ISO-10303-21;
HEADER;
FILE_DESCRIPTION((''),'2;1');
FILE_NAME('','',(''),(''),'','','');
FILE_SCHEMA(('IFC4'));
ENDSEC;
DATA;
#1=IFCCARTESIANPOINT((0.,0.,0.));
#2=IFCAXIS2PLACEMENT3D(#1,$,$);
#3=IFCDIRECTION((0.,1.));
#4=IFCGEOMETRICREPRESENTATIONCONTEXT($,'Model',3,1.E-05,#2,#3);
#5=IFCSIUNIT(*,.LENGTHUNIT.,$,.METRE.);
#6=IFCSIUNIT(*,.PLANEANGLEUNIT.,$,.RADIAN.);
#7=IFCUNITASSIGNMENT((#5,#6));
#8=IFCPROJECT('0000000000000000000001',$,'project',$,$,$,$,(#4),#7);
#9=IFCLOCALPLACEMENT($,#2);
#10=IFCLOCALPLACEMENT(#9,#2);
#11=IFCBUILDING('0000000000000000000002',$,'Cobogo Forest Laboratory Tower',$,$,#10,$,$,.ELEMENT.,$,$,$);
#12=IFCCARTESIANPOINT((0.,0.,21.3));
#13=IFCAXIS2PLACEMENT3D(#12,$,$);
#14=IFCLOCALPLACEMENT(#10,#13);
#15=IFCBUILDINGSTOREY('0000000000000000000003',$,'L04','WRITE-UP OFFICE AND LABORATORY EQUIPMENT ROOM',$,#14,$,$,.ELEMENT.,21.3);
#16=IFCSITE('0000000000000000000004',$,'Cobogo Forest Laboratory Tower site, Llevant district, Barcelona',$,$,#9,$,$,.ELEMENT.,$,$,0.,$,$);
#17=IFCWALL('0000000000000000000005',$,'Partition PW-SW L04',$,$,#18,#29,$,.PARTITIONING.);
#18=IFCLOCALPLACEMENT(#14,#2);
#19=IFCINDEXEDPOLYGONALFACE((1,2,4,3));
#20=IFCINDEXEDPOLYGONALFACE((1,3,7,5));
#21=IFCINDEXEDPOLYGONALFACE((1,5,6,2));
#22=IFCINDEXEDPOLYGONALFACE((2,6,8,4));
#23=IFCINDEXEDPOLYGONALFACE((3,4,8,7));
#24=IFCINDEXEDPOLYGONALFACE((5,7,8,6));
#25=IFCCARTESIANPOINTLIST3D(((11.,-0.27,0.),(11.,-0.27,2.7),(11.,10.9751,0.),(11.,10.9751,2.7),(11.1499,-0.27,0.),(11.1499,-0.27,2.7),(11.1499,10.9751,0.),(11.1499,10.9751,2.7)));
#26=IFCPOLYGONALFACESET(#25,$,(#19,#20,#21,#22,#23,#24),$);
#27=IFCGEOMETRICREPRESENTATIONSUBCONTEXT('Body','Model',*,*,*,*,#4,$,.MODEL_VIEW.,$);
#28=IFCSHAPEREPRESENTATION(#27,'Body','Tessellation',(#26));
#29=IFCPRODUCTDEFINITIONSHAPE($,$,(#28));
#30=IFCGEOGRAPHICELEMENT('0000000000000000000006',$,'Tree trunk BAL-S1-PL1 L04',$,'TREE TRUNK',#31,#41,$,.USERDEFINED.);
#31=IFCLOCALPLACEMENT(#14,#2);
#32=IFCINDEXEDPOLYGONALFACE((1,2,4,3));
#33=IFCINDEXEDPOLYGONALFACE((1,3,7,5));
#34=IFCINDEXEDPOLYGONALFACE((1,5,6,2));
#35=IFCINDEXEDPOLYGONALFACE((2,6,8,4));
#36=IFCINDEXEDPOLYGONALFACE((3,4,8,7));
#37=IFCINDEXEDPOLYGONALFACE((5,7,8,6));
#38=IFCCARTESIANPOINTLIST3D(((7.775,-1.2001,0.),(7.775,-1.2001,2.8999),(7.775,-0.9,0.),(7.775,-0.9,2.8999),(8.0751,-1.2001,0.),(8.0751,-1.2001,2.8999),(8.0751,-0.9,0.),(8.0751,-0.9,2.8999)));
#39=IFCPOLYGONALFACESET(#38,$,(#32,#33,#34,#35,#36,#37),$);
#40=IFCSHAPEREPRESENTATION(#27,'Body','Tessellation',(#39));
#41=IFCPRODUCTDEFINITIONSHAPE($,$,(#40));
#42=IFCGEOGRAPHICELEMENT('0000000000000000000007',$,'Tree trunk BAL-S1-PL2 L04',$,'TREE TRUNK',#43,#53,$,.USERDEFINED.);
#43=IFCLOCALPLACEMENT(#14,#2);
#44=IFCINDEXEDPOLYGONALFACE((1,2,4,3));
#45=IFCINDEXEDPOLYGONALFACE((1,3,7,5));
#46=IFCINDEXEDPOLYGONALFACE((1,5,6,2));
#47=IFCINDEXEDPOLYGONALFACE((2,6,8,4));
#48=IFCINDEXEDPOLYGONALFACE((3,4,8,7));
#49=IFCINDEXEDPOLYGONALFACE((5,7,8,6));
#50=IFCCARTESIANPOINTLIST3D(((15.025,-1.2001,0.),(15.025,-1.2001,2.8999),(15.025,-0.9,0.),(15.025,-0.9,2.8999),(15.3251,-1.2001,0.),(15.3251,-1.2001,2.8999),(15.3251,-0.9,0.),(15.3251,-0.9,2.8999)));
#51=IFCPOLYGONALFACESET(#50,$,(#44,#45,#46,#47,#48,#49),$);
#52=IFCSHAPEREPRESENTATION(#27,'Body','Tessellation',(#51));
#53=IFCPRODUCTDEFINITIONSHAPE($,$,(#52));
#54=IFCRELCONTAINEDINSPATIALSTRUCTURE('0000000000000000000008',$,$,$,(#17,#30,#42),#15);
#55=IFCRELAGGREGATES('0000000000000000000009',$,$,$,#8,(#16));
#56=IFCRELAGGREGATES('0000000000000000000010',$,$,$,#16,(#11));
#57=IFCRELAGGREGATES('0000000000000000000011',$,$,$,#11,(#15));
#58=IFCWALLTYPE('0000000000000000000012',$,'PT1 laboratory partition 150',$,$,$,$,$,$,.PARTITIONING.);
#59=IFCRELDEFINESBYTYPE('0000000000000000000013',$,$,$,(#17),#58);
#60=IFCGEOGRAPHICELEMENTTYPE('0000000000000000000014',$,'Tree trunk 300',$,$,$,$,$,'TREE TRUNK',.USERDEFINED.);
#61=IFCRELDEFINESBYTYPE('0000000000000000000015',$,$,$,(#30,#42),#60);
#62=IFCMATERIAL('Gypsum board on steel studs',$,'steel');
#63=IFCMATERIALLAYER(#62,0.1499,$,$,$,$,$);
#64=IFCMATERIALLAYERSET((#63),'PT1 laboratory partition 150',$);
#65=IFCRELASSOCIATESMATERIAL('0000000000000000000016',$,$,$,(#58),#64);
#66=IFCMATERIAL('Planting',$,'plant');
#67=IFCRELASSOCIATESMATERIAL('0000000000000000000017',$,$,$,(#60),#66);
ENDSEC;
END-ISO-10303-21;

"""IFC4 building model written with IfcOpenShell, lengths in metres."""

from ifc_helpers import new_model, si_unit, direction, frame, frame_2d, origin, origin_2d, place, context, subcontext, project, spatial, rectangle, extrude, material, layer, layer_set, type_object, element, save


model = new_model("IFC4")

# Units and contexts
model_context = context("Model", 3, precision=1e-05, world=origin(), true_north=direction((0.0, 1.0)))
body_context = subcontext(model_context, "Body", "Model", "MODEL_VIEW")
ifc_project = project(units=[si_unit("LENGTHUNIT", "METRE"), si_unit("PLANEANGLEUNIT", "RADIAN")], contexts=[model_context])

# Site, building, storey
site_placement = place(None, origin())
site = spatial("IfcSite", under=ifc_project, at=site_placement, Name="Cobogo Forest Laboratory Tower site, Llevant district, Barcelona", CompositionType="ELEMENT", RefElevation=0.0)
building_placement = place(site_placement, origin())
building = spatial("IfcBuilding", under=site, at=building_placement, Name="Cobogo Forest Laboratory Tower", CompositionType="ELEMENT")
storey_placement = place(building_placement, frame((0.0, 0.0, 21.3)))
storey = spatial("IfcBuildingStorey", under=building, at=storey_placement, Name="L04", Description="WRITE-UP OFFICE AND LABORATORY EQUIPMENT ROOM", CompositionType="ELEMENT", Elevation=21.3)

# Wall
ifc_material_1 = material(Name="Gypsum board on steel studs", Category="steel")
ifc_layer_1 = layer(ifc_material_1, 0.1499)
ifc_layer_set_1 = layer_set([ifc_layer_1], Name="PT1 laboratory partition 150")
wall_type_1 = type_object("IfcWallType", Name="PT1 laboratory partition 150", PredefinedType="PARTITIONING", material=ifc_layer_set_1)
wall_1_placement = place(storey_placement, frame((11.075, -0.27, 0.0), z_axis=(0.0, 0.0, 1.0), x_axis=(0.0, 1.0, 0.0)))
element("IfcWall", 1, at=wall_1_placement, inside=storey, type_object=wall_type_1, Name="Partition PW-SW L04", PredefinedType="PARTITIONING", context=body_context, shape_type="SweptSolid", body=[
    extrude(rectangle(XDim=11.2451, YDim=0.1499, at=frame_2d((5.6226, 0.0))), origin(), (0.0, 0.0, 1.0), 2.7),
])

# Geographic elements
ifc_material_2 = material(Name="Planting", Category="plant")
geographic_element_type = type_object("IfcGeographicElementType", Name="Tree trunk 300", ElementType="TREE TRUNK", PredefinedType="USERDEFINED", material=ifc_material_2)
for number, where, z_axis, x_axis, name in (
    (2, (7.925, -1.05, 0.0), (0.0, 0.0, 1.0), (1.0, 0.0, 0.0), "Tree trunk BAL-S1-PL1 L04"),
    (3, (15.175, -1.05, 0.0), (0.0, 0.0, 1.0), (1.0, 0.0, 0.0), "Tree trunk BAL-S1-PL2 L04"),
):
    element("IfcGeographicElement", number, at=place(storey_placement, frame(where, z_axis=z_axis, x_axis=x_axis)), inside=storey, type_object=geographic_element_type, Name=name, ObjectType="TREE TRUNK", PredefinedType="USERDEFINED", context=body_context, shape_type="SweptSolid", body=[
        extrude(rectangle(XDim=0.3, YDim=0.3, at=origin_2d()), origin(), (0.0, 0.0, 1.0), 2.8999),
    ])

save(model, "model.ifc")
